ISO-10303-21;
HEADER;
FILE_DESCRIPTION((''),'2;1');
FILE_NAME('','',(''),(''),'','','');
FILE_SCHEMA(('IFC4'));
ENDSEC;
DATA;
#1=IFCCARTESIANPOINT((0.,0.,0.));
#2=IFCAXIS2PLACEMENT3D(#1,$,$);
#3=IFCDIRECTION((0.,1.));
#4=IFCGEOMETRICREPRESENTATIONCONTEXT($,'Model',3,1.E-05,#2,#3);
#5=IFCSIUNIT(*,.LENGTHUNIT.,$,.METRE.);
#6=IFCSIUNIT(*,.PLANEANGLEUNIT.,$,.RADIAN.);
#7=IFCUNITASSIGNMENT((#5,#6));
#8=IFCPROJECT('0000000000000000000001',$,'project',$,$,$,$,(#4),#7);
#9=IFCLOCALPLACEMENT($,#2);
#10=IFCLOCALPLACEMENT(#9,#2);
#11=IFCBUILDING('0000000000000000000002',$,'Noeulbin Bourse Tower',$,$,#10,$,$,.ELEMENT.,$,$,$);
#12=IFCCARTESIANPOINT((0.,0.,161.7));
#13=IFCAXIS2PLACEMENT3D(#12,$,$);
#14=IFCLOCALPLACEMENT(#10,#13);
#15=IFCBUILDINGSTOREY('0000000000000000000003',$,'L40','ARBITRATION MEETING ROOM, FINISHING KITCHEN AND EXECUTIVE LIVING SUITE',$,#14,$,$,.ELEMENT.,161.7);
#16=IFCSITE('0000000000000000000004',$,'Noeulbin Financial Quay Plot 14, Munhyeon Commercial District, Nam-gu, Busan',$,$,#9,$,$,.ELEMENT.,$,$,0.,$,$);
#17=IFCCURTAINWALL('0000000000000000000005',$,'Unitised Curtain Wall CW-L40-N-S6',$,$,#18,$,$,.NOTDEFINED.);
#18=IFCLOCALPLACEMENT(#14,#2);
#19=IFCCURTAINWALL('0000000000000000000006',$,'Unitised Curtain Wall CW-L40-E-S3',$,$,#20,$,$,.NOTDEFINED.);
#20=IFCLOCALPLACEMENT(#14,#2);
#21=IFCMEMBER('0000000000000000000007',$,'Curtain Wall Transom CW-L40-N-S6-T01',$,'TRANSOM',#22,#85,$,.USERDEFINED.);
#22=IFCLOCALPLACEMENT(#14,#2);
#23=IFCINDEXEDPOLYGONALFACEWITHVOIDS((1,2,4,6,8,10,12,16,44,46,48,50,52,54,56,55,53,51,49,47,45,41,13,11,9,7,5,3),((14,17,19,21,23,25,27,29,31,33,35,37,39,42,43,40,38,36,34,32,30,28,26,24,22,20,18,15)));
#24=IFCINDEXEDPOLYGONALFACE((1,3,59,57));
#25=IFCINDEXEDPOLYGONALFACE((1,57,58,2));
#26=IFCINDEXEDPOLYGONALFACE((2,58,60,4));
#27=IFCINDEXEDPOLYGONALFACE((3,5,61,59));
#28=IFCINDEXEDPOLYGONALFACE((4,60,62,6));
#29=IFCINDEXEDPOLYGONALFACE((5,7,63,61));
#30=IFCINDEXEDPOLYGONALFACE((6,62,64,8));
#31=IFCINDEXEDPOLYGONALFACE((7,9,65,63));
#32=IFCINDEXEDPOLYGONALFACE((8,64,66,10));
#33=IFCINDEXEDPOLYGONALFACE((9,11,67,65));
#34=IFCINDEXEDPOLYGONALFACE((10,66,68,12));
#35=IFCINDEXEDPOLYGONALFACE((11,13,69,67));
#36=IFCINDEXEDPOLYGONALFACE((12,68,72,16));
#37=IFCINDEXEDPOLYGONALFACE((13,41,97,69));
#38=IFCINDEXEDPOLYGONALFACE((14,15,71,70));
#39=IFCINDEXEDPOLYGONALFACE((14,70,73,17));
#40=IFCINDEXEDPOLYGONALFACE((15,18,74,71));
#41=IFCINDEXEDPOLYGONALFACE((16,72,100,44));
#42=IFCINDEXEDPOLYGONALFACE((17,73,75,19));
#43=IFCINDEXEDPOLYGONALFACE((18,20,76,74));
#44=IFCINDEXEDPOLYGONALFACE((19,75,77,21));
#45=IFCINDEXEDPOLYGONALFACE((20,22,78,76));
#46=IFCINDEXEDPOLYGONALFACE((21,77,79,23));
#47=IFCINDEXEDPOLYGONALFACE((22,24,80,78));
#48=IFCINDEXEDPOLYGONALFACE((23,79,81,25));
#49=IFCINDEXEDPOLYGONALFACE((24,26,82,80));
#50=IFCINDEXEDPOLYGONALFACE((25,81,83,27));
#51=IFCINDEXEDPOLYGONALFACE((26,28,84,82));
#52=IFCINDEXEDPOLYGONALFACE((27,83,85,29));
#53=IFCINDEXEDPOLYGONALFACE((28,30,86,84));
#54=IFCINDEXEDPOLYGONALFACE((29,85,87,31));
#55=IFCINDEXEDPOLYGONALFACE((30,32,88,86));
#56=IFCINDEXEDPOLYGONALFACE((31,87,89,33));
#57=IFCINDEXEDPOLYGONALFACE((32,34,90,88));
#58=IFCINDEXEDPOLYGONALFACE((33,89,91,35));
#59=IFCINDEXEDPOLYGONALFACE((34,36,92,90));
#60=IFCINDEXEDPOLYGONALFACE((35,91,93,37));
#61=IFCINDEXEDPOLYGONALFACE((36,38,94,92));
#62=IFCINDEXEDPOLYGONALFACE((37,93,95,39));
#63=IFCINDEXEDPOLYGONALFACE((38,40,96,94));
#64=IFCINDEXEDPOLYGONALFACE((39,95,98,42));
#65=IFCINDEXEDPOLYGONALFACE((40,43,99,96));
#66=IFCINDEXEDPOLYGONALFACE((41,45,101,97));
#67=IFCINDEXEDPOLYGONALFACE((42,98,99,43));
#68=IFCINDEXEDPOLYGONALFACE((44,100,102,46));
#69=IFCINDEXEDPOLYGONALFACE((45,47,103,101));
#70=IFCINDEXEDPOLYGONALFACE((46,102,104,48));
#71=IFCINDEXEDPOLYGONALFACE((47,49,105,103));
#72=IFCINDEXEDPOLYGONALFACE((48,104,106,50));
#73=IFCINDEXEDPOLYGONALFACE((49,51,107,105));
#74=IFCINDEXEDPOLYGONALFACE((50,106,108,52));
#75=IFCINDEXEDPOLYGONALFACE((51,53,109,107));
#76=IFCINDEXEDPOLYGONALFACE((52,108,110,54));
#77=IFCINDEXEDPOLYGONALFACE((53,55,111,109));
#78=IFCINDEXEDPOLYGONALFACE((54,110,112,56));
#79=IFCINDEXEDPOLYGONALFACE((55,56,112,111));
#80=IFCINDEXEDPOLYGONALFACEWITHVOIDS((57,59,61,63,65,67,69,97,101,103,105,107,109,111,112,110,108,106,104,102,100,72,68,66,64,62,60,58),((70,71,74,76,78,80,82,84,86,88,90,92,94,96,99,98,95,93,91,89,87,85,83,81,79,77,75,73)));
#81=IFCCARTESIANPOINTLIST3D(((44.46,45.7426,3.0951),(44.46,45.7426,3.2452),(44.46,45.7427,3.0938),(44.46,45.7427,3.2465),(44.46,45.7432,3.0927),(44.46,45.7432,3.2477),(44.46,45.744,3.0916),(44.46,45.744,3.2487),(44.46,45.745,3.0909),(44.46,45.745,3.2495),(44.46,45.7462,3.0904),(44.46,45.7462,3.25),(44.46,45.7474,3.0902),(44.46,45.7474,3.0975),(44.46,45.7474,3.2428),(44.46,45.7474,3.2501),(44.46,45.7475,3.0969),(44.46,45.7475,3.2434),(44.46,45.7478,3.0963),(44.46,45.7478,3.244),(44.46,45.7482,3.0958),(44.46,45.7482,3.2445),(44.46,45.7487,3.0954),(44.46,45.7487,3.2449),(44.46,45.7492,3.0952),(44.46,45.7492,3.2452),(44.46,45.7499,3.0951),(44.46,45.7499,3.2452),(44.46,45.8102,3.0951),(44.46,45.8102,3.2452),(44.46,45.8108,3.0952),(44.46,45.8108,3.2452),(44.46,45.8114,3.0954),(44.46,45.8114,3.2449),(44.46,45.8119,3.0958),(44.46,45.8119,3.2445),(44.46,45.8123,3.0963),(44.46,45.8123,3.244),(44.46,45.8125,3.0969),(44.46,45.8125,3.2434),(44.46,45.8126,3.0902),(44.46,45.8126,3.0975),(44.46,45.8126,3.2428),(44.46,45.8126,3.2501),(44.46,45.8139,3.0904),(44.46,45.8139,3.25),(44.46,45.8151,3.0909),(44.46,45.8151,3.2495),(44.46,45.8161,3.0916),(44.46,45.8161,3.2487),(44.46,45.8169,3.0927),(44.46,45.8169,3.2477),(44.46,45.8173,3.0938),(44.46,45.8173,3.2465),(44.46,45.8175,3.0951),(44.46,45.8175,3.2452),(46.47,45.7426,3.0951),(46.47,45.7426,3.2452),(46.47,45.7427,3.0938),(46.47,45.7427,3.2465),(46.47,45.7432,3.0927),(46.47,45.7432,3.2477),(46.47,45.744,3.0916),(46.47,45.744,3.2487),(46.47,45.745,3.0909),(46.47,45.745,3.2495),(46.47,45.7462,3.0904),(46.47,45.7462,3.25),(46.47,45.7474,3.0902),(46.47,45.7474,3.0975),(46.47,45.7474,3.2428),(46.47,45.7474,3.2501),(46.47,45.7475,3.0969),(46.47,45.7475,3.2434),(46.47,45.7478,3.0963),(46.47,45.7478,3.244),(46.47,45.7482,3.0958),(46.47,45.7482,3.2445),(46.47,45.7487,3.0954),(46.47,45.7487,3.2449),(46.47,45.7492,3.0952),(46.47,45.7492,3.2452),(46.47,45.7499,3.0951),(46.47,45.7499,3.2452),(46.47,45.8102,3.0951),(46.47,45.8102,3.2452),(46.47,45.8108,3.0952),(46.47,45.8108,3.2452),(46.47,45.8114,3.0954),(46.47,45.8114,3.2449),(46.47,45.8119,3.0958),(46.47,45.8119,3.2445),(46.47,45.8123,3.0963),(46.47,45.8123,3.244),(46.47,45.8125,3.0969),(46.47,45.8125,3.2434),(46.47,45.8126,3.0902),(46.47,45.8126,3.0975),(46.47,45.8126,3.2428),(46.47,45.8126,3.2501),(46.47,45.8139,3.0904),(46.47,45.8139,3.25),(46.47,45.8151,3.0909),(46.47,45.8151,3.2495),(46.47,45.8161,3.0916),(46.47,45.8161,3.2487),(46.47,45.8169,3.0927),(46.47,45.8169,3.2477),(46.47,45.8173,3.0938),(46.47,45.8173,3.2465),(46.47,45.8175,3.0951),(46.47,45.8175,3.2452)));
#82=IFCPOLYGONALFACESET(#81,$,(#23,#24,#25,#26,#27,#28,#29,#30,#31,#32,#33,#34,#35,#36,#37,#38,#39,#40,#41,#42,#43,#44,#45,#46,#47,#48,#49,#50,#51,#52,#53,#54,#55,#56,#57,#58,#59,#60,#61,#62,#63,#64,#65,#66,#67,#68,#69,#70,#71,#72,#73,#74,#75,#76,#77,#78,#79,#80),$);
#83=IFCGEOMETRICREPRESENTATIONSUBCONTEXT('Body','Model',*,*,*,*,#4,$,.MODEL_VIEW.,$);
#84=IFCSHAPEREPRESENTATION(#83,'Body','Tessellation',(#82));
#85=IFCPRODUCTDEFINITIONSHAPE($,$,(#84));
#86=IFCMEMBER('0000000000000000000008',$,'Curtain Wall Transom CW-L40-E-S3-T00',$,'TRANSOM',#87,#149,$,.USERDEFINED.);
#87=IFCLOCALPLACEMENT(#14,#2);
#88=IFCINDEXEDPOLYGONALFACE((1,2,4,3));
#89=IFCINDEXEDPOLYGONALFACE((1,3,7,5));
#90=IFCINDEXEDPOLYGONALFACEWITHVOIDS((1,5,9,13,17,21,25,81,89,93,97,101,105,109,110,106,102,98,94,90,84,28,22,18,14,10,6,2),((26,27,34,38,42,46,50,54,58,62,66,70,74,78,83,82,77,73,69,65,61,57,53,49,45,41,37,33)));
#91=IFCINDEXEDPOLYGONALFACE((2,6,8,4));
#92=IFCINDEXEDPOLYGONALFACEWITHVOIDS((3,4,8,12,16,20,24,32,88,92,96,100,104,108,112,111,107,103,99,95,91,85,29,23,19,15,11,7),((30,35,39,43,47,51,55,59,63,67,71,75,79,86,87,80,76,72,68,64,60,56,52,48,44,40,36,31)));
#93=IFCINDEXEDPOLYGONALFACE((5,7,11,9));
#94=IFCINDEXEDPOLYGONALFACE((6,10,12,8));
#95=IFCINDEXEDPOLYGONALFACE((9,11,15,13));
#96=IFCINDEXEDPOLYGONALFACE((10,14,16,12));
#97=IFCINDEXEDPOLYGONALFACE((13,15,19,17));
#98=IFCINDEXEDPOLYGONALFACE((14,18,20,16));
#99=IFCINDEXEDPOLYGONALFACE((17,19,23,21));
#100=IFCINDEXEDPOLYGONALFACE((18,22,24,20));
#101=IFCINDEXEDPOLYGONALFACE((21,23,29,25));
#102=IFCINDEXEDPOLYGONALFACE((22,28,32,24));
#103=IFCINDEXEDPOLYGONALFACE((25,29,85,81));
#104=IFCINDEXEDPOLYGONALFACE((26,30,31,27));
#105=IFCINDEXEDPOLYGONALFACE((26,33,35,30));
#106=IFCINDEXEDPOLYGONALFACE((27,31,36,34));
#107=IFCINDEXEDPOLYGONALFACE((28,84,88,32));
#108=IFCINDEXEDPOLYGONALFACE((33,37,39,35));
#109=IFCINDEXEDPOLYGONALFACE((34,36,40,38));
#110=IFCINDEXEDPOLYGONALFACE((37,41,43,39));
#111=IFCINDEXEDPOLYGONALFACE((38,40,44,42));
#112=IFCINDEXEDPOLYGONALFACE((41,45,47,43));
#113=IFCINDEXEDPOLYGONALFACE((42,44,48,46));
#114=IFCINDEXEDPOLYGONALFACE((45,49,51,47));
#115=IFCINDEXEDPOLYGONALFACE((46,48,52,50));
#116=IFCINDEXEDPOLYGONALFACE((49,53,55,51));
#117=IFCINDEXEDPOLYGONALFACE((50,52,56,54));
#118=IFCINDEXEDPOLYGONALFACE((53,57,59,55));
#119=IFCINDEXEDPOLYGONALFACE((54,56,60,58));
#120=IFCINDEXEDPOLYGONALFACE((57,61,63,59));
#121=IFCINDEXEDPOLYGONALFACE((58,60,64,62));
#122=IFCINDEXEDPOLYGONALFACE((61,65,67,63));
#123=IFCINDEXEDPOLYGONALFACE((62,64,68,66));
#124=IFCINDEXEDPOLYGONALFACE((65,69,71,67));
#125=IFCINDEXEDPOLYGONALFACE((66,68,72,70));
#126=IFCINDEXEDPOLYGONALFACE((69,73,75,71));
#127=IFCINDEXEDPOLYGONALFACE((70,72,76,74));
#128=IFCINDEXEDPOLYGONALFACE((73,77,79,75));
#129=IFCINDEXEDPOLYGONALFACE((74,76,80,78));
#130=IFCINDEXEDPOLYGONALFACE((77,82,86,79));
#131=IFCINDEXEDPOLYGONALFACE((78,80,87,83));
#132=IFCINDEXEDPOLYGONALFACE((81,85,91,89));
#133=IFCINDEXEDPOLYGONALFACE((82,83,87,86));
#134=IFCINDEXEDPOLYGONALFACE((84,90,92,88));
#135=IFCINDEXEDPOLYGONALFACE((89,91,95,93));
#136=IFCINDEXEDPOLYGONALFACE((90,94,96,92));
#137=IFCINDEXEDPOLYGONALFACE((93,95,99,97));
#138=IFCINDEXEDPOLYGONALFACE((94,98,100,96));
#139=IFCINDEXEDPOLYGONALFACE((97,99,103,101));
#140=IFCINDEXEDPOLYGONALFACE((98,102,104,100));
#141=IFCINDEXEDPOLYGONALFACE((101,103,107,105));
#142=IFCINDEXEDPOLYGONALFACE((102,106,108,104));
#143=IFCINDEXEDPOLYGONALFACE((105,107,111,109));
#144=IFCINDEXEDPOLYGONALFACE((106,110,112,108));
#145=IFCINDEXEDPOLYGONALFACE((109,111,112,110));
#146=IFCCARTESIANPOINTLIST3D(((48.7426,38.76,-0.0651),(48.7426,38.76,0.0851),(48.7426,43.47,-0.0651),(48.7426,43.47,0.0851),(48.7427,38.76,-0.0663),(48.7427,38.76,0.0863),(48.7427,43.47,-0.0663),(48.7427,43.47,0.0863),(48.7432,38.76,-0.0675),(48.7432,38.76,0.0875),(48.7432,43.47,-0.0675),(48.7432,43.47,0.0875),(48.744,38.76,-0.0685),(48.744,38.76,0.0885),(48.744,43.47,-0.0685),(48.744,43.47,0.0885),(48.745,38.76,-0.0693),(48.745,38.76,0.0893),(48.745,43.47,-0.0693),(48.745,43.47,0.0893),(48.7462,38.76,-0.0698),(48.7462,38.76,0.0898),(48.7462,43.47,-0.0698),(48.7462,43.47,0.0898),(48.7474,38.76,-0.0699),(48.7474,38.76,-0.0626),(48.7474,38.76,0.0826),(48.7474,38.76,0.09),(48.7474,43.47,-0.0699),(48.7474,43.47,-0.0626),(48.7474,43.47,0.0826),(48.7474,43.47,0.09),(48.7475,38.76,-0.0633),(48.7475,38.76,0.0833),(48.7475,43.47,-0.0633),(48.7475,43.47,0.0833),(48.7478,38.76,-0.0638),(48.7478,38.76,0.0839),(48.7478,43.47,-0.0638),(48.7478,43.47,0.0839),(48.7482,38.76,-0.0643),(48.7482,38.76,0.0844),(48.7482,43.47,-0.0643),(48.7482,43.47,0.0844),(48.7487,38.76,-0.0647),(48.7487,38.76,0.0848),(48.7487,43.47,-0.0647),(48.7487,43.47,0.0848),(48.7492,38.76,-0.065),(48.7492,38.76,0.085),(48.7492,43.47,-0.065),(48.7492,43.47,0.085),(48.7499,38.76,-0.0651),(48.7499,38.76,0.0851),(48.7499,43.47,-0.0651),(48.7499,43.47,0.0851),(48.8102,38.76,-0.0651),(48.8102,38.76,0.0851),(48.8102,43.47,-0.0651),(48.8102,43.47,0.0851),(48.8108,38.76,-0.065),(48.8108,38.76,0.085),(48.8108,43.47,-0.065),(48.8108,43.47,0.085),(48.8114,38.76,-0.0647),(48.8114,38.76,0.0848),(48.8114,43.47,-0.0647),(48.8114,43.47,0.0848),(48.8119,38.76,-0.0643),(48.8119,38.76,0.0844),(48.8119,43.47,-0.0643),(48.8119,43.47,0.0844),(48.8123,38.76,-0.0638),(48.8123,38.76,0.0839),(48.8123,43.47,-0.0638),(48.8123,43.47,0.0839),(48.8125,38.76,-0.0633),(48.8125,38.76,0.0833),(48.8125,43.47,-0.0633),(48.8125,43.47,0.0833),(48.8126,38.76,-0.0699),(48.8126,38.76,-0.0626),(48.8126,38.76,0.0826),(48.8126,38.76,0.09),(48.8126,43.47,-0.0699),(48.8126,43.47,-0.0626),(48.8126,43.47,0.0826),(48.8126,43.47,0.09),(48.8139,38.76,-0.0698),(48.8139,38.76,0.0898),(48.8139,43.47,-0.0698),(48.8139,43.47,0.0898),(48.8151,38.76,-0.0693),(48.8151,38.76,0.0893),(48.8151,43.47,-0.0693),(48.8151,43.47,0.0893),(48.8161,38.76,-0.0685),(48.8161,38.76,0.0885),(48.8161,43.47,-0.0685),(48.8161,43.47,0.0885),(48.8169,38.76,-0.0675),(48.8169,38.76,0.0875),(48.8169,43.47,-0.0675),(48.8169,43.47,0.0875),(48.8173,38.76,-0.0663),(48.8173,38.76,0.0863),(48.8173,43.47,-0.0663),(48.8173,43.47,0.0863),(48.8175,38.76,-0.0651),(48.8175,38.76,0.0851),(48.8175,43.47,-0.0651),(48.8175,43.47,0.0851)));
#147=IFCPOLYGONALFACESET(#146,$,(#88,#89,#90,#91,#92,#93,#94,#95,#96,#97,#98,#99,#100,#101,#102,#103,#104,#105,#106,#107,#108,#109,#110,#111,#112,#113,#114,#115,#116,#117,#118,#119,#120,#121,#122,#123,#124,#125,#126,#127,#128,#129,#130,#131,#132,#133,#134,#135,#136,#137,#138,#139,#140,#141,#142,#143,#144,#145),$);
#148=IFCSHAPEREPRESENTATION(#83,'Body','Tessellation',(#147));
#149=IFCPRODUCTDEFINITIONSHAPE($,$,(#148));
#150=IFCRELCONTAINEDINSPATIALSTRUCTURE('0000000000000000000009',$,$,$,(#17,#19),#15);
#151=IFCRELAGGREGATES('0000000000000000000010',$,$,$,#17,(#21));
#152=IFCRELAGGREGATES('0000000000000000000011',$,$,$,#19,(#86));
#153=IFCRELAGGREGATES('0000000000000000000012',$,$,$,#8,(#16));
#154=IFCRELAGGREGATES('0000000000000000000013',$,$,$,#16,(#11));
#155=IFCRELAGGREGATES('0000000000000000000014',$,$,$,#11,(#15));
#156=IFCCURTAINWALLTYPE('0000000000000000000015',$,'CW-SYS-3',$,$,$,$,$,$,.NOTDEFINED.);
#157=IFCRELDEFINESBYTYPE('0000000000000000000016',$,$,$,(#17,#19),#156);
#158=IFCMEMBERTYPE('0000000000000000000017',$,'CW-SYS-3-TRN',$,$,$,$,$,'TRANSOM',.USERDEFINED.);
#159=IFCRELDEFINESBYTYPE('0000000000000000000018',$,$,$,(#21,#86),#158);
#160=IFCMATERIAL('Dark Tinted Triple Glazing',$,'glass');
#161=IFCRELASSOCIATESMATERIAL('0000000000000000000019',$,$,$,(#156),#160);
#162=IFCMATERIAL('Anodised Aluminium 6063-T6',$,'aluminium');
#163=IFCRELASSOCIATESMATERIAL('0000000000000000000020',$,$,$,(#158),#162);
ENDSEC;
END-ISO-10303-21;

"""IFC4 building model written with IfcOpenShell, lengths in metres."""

from ifc_helpers import new_model, si_unit, direction, frame, origin, origin_2d, place, context, subcontext, project, spatial, hollow_rectangle, extrude, material, material_profile, profile_set, type_object, element, aggregate, save


model = new_model("IFC4")

# Units and contexts
model_context = context("Model", 3, precision=1e-05, world=origin(), true_north=direction((0.0, 1.0)))
body_context = subcontext(model_context, "Body", "Model", "MODEL_VIEW")
ifc_project = project(units=[si_unit("LENGTHUNIT", "METRE"), si_unit("PLANEANGLEUNIT", "RADIAN")], contexts=[model_context])

# Site, building, storey
site_placement = place(None, origin())
site = spatial("IfcSite", under=ifc_project, at=site_placement, Name="Noeulbin Financial Quay Plot 14, Munhyeon Commercial District, Nam-gu, Busan", CompositionType="ELEMENT", RefElevation=0.0)
building_placement = place(site_placement, origin())
building = spatial("IfcBuilding", under=site, at=building_placement, Name="Noeulbin Bourse Tower", CompositionType="ELEMENT")
storey_placement = place(building_placement, frame((0.0, 0.0, 161.7)))
storey = spatial("IfcBuildingStorey", under=building, at=storey_placement, Name="L40", Description="ARBITRATION MEETING ROOM, FINISHING KITCHEN AND EXECUTIVE LIVING SUITE", CompositionType="ELEMENT", Elevation=161.7)

# Shared definitions
ifc_material_1 = material(Name="Dark Tinted Triple Glazing", Category="glass")
curtain_wall_type = type_object("IfcCurtainWallType", Name="CW-SYS-3", PredefinedType="NOTDEFINED", material=ifc_material_1)
ifc_material_2 = material(Name="Anodised Aluminium 6063-T6", Category="aluminium")

# Curtain walls
curtain_wall_1_placement = place(storey_placement, origin())
curtain_wall_1 = element("IfcCurtainWall", 1, at=curtain_wall_1_placement, inside=storey, type_object=curtain_wall_type, Name="Unitised Curtain Wall CW-L40-N-S6", PredefinedType="NOTDEFINED")
curtain_wall_2_placement = place(storey_placement, origin())
curtain_wall_2 = element("IfcCurtainWall", 2, at=curtain_wall_2_placement, inside=storey, type_object=curtain_wall_type, Name="Unitised Curtain Wall CW-L40-E-S3", PredefinedType="NOTDEFINED")

# Members
ifc_material_profile_1 = material_profile(ifc_material_2, hollow_rectangle(XDim=0.075, YDim=0.1599, WallThickness=0.0049, InnerFilletRadius=0.0024, OuterFilletRadius=0.0049, at=origin_2d()), Name="ALU-TRAN-75x160x5", Category="LoadBearing")
ifc_profile_set_1 = profile_set([ifc_material_profile_1], Name="Anodised Aluminium 6063-T6")
member_type_1 = type_object("IfcMemberType", Name="CW-SYS-3-TRN", ElementType="TRANSOM", PredefinedType="USERDEFINED", material=ifc_profile_set_1)
member_1_placement = place(storey_placement, frame((44.46, 45.78, 3.1702), z_axis=(1.0, 0.0, 0.0), x_axis=(0.0, 1.0, 0.0)))
member_1 = element("IfcMember", 3, at=member_1_placement, type_object=member_type_1, Name="Curtain Wall Transom CW-L40-N-S6-T01", ObjectType="TRANSOM", PredefinedType="USERDEFINED", context=body_context, shape_type="SweptSolid", body=[
    extrude(hollow_rectangle(XDim=0.075, YDim=0.1599, WallThickness=0.0049, InnerFilletRadius=0.0024, OuterFilletRadius=0.0049, at=origin_2d()), origin(), (0.0, 0.0, 1.0), 2.01),
])
member_2_placement = place(storey_placement, frame((48.78, 38.76, 0.01), z_axis=(0.0, 1.0, 0.0), x_axis=(-1.0, 0.0, 0.0)))
member_2 = element("IfcMember", 4, at=member_2_placement, type_object=member_type_1, Name="Curtain Wall Transom CW-L40-E-S3-T00", ObjectType="TRANSOM", PredefinedType="USERDEFINED", context=body_context, shape_type="SweptSolid", body=[
    extrude(hollow_rectangle(XDim=0.075, YDim=0.1599, WallThickness=0.0049, InnerFilletRadius=0.0024, OuterFilletRadius=0.0049, at=origin_2d()), origin(), (0.0, 0.0, 1.0), 4.71),
])

aggregate(curtain_wall_1, [member_1])
aggregate(curtain_wall_2, [member_2])

save(model, "model.ifc")
